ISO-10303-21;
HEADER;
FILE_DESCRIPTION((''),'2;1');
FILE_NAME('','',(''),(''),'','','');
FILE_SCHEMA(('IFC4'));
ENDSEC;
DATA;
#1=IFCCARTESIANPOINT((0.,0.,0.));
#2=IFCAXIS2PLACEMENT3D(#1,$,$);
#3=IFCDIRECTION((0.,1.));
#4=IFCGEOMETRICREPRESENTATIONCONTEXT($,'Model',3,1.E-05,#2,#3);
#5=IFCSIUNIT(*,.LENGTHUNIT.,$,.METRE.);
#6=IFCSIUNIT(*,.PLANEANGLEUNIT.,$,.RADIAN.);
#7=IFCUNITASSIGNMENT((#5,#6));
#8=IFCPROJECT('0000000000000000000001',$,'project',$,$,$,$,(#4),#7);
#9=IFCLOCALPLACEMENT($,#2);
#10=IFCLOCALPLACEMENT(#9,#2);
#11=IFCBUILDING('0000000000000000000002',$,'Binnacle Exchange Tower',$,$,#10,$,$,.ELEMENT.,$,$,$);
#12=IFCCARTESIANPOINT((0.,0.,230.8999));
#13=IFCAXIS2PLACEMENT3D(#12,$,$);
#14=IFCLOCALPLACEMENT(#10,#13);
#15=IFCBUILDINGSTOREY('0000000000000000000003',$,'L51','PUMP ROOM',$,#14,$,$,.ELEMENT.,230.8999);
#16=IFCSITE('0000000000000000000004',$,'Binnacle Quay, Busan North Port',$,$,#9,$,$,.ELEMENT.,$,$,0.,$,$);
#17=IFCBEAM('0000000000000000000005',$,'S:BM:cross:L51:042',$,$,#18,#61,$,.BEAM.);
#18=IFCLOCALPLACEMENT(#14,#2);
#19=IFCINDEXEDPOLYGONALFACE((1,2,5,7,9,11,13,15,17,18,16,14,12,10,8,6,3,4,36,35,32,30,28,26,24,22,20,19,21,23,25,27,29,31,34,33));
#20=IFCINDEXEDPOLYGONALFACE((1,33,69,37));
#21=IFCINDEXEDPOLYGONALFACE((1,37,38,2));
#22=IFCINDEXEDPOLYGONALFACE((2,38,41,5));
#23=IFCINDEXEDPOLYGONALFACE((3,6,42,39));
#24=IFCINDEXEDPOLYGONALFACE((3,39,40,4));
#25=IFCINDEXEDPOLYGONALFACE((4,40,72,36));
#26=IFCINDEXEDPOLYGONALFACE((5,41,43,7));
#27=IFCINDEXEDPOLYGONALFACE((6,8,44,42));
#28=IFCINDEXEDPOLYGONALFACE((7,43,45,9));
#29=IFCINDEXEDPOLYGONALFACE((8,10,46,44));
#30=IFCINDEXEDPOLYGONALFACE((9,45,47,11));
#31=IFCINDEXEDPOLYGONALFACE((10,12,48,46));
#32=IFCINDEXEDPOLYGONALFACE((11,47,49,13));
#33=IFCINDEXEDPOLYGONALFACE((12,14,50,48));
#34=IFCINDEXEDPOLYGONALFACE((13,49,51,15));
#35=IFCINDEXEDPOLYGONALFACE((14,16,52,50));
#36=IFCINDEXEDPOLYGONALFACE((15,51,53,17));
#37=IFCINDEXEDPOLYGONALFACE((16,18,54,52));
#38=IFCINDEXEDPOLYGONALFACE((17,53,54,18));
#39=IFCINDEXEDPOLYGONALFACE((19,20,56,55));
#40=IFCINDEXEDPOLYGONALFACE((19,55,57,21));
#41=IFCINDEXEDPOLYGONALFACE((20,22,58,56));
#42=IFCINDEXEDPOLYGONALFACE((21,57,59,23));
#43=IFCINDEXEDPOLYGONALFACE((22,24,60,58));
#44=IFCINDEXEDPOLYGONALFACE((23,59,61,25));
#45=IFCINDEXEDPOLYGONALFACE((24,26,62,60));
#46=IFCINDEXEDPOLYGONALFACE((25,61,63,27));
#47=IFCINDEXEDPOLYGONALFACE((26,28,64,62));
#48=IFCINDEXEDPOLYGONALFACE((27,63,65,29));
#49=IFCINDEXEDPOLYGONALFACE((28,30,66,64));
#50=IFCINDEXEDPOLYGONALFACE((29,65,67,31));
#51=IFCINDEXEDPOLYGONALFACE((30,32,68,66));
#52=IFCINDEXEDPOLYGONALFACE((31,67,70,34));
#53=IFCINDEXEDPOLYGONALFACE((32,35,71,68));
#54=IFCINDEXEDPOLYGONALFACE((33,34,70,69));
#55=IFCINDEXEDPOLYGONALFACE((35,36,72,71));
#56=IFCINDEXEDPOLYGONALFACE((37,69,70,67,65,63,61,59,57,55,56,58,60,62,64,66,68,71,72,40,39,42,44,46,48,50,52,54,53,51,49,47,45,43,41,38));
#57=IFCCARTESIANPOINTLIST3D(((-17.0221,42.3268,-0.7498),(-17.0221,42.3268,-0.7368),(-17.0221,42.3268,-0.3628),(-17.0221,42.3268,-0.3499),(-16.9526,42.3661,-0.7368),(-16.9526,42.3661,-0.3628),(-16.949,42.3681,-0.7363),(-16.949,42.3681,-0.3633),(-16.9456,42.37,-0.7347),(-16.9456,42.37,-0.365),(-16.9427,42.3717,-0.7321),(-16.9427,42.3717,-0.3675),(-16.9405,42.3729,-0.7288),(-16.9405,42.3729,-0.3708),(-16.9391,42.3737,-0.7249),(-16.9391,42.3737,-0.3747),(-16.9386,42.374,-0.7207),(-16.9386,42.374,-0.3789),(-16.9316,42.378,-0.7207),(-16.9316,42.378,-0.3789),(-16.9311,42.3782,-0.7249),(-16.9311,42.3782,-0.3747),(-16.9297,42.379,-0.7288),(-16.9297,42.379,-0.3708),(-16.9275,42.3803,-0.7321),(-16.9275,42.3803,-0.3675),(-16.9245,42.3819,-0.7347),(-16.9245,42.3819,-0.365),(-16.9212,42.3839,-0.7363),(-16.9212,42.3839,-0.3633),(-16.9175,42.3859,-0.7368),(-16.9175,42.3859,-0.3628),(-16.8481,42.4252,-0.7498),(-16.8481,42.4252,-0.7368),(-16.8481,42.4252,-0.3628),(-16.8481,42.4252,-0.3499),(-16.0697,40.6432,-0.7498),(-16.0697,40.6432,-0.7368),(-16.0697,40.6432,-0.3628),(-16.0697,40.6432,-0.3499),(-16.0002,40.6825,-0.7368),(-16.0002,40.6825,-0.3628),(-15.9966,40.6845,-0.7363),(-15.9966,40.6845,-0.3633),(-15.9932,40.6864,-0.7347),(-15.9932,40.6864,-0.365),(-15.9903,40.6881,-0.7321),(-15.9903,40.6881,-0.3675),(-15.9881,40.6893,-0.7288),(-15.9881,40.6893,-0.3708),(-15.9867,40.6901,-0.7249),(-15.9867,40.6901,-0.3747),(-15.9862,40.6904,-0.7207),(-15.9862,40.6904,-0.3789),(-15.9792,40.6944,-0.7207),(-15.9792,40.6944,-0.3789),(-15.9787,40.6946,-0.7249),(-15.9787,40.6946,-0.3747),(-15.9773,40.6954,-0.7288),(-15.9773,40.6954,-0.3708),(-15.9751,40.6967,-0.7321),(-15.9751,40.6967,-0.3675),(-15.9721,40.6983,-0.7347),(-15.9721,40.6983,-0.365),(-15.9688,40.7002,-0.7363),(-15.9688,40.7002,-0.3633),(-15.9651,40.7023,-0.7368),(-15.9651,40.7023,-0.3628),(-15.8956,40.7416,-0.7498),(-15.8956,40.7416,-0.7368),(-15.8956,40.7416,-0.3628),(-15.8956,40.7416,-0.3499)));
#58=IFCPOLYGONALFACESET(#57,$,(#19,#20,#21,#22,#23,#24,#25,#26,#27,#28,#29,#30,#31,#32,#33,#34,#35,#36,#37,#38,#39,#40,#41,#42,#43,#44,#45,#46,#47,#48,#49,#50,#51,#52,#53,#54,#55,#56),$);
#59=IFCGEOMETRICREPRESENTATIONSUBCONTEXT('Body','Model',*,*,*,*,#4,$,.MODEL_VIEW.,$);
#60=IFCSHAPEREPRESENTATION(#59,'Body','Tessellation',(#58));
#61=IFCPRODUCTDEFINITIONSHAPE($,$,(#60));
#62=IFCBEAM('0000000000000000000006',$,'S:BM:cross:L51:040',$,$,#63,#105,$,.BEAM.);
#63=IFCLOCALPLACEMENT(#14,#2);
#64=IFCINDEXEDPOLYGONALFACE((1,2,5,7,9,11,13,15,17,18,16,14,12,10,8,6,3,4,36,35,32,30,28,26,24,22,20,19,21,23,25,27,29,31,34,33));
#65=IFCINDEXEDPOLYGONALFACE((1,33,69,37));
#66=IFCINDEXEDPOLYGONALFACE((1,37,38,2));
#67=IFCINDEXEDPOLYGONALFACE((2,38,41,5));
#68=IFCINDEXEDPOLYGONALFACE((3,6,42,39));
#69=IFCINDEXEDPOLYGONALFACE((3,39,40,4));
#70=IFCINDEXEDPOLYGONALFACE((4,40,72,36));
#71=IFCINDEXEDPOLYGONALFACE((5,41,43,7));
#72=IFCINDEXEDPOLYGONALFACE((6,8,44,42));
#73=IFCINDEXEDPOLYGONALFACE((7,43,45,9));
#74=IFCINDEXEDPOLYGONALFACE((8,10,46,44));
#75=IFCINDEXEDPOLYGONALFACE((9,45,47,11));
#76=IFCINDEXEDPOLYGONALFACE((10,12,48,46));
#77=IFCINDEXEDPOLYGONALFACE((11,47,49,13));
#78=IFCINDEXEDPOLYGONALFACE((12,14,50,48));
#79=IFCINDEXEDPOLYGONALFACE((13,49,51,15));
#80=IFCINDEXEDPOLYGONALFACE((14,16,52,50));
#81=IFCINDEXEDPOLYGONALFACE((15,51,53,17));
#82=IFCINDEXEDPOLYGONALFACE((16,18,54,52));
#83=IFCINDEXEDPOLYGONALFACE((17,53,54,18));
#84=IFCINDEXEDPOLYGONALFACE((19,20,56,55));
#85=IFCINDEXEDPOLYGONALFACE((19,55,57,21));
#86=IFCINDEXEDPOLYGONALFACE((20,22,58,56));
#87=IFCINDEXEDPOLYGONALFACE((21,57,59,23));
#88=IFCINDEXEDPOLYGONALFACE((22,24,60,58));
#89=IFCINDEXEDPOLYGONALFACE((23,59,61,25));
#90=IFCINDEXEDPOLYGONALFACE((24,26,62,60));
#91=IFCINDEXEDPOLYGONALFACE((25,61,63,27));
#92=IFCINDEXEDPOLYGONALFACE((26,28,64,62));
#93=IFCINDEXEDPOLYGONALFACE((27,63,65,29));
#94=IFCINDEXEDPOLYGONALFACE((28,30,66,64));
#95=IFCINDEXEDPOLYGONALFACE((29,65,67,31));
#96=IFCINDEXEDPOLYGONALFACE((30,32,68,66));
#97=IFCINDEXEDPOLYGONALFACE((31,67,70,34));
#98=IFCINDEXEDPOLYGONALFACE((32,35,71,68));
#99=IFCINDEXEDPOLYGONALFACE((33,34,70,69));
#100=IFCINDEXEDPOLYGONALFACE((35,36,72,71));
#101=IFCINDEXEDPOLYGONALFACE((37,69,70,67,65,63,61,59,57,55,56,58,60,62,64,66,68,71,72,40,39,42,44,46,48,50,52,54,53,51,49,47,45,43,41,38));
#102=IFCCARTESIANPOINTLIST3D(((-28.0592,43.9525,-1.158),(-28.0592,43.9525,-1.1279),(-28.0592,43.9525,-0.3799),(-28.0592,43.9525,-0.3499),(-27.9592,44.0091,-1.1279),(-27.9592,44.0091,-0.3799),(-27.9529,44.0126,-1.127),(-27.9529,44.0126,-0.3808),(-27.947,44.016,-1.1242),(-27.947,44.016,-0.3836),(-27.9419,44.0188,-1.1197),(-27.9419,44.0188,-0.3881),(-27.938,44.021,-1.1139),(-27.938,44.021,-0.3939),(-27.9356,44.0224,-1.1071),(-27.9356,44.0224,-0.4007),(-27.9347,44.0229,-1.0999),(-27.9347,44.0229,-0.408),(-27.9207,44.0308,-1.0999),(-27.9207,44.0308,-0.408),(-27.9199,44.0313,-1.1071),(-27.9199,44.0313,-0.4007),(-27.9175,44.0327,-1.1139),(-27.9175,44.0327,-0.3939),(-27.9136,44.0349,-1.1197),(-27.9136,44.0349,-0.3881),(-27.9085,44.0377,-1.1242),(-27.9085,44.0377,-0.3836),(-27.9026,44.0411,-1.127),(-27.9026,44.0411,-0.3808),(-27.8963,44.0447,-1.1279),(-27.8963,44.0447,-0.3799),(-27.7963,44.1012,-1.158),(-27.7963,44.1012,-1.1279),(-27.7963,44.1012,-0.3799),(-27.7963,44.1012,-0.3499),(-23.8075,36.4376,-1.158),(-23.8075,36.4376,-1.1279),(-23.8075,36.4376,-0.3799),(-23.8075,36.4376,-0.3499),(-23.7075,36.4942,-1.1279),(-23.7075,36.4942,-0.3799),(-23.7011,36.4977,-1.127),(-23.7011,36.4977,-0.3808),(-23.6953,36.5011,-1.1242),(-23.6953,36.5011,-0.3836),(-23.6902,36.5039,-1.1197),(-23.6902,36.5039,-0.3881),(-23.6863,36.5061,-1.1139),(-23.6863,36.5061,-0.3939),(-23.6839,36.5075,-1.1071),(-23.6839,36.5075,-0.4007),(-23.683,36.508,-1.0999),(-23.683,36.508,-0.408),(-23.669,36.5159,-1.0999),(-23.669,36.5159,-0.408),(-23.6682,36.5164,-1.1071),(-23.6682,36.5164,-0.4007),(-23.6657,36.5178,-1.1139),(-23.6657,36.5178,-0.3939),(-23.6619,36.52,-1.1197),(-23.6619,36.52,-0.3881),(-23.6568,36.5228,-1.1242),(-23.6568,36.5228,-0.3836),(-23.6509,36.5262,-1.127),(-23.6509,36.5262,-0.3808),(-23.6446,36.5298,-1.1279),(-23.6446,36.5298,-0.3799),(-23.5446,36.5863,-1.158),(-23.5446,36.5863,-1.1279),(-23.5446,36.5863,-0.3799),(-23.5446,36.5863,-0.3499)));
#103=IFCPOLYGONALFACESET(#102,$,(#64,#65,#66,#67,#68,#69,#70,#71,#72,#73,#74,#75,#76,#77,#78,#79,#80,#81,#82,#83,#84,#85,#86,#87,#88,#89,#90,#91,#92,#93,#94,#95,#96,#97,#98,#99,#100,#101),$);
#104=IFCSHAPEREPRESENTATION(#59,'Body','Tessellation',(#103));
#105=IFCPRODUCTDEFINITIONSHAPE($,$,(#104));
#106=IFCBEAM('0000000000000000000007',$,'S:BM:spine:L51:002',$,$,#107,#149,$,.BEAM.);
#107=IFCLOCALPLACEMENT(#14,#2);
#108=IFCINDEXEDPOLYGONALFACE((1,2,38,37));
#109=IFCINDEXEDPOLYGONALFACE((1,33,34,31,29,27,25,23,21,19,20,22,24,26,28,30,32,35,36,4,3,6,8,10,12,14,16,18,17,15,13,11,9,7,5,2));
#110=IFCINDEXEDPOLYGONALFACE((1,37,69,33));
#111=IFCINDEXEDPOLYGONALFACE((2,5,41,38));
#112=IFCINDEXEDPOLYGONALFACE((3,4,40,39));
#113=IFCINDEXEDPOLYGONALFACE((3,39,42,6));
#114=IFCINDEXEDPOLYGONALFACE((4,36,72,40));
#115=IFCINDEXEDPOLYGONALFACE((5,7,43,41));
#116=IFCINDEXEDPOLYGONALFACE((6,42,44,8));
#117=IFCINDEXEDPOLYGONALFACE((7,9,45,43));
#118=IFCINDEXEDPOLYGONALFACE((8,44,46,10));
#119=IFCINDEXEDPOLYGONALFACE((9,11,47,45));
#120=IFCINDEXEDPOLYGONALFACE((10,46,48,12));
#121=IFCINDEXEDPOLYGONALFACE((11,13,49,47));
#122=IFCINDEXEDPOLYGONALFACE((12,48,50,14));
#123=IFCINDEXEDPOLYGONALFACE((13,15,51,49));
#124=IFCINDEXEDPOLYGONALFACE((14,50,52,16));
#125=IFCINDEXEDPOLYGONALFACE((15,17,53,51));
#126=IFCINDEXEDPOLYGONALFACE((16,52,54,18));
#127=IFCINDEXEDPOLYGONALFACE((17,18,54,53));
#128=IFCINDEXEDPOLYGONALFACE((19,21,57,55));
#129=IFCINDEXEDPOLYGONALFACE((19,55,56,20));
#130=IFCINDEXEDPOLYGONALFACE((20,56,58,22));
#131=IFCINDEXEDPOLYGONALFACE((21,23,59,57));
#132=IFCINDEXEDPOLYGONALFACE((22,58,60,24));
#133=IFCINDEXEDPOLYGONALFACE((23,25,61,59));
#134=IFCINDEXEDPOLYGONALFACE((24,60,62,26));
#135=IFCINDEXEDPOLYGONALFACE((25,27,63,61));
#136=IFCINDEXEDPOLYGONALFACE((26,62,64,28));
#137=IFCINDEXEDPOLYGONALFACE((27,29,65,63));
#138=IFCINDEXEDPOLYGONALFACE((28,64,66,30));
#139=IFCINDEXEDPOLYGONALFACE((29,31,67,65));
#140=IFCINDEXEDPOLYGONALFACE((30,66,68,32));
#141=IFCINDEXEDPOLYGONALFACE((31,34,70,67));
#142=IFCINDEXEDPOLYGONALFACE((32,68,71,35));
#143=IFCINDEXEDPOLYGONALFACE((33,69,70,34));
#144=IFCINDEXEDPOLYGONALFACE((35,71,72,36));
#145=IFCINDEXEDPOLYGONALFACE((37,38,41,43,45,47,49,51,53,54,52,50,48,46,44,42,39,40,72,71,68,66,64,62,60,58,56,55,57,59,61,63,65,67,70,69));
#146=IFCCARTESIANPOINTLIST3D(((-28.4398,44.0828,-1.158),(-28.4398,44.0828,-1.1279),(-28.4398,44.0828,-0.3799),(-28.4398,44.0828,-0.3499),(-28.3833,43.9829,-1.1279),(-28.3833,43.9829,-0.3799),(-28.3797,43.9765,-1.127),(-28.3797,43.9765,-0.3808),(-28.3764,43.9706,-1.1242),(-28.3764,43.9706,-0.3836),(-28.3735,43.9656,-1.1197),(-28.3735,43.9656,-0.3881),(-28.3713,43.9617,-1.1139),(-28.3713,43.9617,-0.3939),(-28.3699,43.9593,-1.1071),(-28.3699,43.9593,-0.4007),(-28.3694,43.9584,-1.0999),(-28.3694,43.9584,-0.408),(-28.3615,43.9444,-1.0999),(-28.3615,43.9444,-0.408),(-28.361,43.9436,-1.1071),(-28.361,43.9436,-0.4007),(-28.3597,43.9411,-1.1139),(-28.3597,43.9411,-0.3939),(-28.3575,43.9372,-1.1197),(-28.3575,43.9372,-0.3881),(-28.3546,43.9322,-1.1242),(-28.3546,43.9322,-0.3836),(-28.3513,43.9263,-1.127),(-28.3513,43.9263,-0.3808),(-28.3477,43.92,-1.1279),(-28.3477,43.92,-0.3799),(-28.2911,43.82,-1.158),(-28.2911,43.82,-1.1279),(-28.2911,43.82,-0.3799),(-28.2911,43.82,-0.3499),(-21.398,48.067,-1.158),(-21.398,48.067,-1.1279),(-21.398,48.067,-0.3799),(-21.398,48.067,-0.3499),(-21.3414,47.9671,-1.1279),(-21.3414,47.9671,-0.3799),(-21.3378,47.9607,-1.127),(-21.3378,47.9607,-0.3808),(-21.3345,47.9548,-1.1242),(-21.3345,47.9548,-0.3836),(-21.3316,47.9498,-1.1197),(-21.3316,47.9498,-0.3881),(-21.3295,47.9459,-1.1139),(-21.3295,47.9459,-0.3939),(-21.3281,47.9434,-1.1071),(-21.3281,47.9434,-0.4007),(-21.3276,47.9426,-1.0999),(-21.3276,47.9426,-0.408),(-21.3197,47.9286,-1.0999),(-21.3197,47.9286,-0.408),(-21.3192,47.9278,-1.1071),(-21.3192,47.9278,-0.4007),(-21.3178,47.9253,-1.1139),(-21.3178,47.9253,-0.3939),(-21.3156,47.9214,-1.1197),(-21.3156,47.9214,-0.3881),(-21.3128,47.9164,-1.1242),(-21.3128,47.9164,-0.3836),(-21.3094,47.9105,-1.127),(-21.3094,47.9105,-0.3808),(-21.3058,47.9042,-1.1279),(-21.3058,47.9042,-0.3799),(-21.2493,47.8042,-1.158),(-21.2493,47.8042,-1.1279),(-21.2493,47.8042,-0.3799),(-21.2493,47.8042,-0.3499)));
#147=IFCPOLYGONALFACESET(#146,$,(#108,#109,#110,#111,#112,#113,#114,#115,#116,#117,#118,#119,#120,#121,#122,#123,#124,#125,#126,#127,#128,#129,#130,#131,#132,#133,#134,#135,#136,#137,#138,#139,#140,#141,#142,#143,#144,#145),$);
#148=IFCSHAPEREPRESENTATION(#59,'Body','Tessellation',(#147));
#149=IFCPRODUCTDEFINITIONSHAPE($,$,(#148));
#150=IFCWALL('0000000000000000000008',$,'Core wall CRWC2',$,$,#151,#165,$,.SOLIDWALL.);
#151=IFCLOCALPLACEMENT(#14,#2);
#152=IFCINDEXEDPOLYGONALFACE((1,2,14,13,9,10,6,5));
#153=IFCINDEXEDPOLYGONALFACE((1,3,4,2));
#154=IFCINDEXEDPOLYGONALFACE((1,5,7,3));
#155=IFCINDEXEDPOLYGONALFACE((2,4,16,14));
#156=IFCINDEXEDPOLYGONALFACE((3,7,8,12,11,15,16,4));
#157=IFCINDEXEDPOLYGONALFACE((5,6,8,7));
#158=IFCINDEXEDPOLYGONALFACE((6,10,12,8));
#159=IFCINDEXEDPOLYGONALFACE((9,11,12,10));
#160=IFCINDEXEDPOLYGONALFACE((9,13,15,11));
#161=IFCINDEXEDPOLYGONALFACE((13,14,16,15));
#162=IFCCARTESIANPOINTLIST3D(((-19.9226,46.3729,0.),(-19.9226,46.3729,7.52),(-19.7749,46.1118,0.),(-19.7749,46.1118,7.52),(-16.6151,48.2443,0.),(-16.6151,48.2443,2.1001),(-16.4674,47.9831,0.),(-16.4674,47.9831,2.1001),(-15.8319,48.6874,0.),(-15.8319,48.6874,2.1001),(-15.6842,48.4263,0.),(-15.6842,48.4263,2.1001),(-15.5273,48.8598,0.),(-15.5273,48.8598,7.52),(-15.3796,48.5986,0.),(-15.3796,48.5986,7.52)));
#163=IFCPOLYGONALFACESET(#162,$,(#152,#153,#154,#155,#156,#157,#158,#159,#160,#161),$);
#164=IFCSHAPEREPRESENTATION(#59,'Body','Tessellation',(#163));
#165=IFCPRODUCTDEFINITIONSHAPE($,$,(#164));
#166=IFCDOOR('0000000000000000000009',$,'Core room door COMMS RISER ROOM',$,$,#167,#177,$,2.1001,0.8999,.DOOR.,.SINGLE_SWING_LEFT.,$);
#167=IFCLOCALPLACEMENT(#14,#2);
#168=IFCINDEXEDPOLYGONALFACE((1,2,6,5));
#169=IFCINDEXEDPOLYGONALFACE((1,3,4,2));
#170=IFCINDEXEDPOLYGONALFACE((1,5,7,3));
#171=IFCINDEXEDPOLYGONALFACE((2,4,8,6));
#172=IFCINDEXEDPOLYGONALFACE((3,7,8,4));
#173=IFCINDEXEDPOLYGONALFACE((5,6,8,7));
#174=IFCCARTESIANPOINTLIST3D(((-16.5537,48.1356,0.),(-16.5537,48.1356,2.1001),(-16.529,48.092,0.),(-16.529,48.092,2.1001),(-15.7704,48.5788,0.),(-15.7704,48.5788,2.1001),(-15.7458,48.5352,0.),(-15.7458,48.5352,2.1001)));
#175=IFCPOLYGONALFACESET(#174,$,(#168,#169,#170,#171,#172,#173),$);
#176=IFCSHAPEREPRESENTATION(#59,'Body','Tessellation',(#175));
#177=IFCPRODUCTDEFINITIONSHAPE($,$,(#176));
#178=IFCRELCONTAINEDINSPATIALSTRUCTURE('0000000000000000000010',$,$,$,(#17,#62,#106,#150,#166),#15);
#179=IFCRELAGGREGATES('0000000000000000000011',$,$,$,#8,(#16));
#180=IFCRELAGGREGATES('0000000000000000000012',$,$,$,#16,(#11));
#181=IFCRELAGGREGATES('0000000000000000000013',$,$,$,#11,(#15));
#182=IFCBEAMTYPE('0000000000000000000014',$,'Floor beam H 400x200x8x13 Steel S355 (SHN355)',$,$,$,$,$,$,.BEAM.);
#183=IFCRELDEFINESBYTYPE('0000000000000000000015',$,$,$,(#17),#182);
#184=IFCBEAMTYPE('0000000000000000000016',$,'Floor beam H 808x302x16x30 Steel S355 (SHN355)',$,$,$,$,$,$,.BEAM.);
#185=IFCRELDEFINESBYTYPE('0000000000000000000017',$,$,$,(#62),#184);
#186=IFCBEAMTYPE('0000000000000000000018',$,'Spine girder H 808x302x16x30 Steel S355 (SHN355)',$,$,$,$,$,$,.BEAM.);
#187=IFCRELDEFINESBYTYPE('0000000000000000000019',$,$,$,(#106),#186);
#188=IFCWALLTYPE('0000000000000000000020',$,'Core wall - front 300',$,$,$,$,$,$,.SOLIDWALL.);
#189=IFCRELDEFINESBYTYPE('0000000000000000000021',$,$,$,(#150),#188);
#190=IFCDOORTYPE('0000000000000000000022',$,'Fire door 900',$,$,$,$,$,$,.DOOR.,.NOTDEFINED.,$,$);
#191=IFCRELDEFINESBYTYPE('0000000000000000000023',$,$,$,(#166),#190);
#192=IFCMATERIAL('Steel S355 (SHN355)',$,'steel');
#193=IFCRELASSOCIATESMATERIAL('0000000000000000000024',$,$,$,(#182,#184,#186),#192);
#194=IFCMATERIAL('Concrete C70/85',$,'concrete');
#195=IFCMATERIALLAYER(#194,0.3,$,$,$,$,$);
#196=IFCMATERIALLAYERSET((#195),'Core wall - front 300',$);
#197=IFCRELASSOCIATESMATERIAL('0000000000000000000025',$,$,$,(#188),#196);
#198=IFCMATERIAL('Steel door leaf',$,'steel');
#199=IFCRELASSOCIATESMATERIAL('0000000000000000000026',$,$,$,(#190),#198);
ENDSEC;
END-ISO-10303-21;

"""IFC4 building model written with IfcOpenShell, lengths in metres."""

from ifc_helpers import new_model, si_unit, direction, frame, frame_2d, origin, origin_2d, place, context, subcontext, project, spatial, rectangle, i_section, extrude, material, layer, layer_set, material_profile, profile_set, type_object, element, fill, save


model = new_model("IFC4")

# Units and contexts
model_context = context("Model", 3, precision=1e-05, world=origin(), true_north=direction((0.0, 1.0)))
body_context = subcontext(model_context, "Body", "Model", "MODEL_VIEW")
ifc_project = project(units=[si_unit("LENGTHUNIT", "METRE"), si_unit("PLANEANGLEUNIT", "RADIAN")], contexts=[model_context])

# Site, building, storey
site_placement = place(None, origin())
site = spatial("IfcSite", under=ifc_project, at=site_placement, Name="Binnacle Quay, Busan North Port", CompositionType="ELEMENT", RefElevation=0.0)
building_placement = place(site_placement, origin())
building = spatial("IfcBuilding", under=site, at=building_placement, Name="Binnacle Exchange Tower", CompositionType="ELEMENT")
storey_placement = place(building_placement, frame((0.0, 0.0, 230.8999)))
storey = spatial("IfcBuildingStorey", under=building, at=storey_placement, Name="L51", Description="PUMP ROOM", CompositionType="ELEMENT", Elevation=230.8999)

# Beams
ifc_material_1 = material(Name="Steel S355 (SHN355)", Category="steel")
ifc_material_profile_1 = material_profile(ifc_material_1, i_section(OverallWidth=0.2, OverallDepth=0.3999, WebThickness=0.0081, FlangeThickness=0.0129, FilletRadius=0.0161, at=origin_2d()), Name="H 400x200x8x13")
ifc_profile_set_1 = profile_set([ifc_material_profile_1], Name="Steel S355 (SHN355)")
beam_type_1 = type_object("IfcBeamType", Name="Floor beam H 400x200x8x13 Steel S355 (SHN355)", PredefinedType="BEAM", material=ifc_profile_set_1)
beam_1_placement = place(storey_placement, frame((-15.9827, 40.6924, -0.5498), z_axis=(-0.492369, 0.870386, 0.0), x_axis=(-0.870386, -0.492369, 0.0)))
element("IfcBeam", 1, at=beam_1_placement, inside=storey, type_object=beam_type_1, Name="S:BM:cross:L51:042", PredefinedType="BEAM", context=body_context, shape_type="SweptSolid", body=[
    extrude(i_section(OverallWidth=0.2, OverallDepth=0.3999, WebThickness=0.0081, FlangeThickness=0.0129, FilletRadius=0.0161, at=origin_2d()), origin(), (0.0, 0.0, 1.0), 1.9343),
])
ifc_material_profile_2 = material_profile(ifc_material_1, i_section(OverallWidth=0.302, OverallDepth=0.8081, WebThickness=0.0161, FlangeThickness=0.03, FilletRadius=0.0281, at=origin_2d()), Name="H 808x302x16x30")
ifc_profile_set_2 = profile_set([ifc_material_profile_2], Name="Steel S355 (SHN355)")
beam_type_2 = type_object("IfcBeamType", Name="Floor beam H 808x302x16x30 Steel S355 (SHN355)", PredefinedType="BEAM", material=ifc_profile_set_2)
beam_2_placement = place(storey_placement, frame((-23.676, 36.512, -0.7539), z_axis=(-0.492422, 0.870356, 0.0), x_axis=(-0.870356, -0.492422, 0.0)))
element("IfcBeam", 2, at=beam_2_placement, inside=storey, type_object=beam_type_2, Name="S:BM:cross:L51:040", PredefinedType="BEAM", context=body_context, shape_type="SweptSolid", body=[
    extrude(i_section(OverallWidth=0.302, OverallDepth=0.8081, WebThickness=0.0161, FlangeThickness=0.03, FilletRadius=0.0281, at=origin_2d()), origin(), (0.0, 0.0, 1.0), 8.6343),
])
ifc_material_profile_3 = material_profile(ifc_material_1, i_section(OverallWidth=0.302, OverallDepth=0.8081, WebThickness=0.0161, FlangeThickness=0.03, FilletRadius=0.0281, at=origin_2d()), Name="H 808x302x16x30")
ifc_profile_set_3 = profile_set([ifc_material_profile_3], Name="Steel S355 (SHN355)")
beam_type_3 = type_object("IfcBeamType", Name="Spine girder H 808x302x16x30 Steel S355 (SHN355)", PredefinedType="BEAM", material=ifc_profile_set_3)
beam_3_placement = place(storey_placement, frame((-28.3655, 43.9514, -0.7539), z_axis=(0.87035, 0.492433, 0.0), x_axis=(-0.492433, 0.87035, 0.0)))
element("IfcBeam", 3, at=beam_3_placement, inside=storey, type_object=beam_type_3, Name="S:BM:spine:L51:002", PredefinedType="BEAM", context=body_context, shape_type="SweptSolid", body=[
    extrude(i_section(OverallWidth=0.302, OverallDepth=0.8081, WebThickness=0.0161, FlangeThickness=0.03, FilletRadius=0.0281, at=origin_2d()), origin(), (0.0, 0.0, 1.0), 8.0908),
])

# Wall, opening, door
ifc_material_2 = material(Name="Concrete C70/85", Category="concrete")
ifc_layer_1 = layer(ifc_material_2, 0.3)
ifc_layer_set_1 = layer_set([ifc_layer_1], Name="Core wall - front 300")
wall_type_1 = type_object("IfcWallType", Name="Core wall - front 300", PredefinedType="SOLIDWALL", material=ifc_layer_set_1)
wall_1_placement = place(storey_placement, frame((-19.8486, 46.2424, 0.0), z_axis=(0.0, 0.0, 1.0), x_axis=(0.870348, 0.492438, 0.0)))
wall_1 = element("IfcWall", 4, at=wall_1_placement, inside=storey, type_object=wall_type_1, Name="Core wall CRWC2", PredefinedType="SOLIDWALL", context=body_context, shape_type="SweptSolid", body=[
    extrude(rectangle(XDim=5.05, YDim=0.3, at=frame_2d((2.5249, 0.0))), origin(), (0.0, 0.0, 1.0), 7.52),
])
opening_1_placement = place(wall_1_placement, frame((3.8, 0.0, 0.0)))
opening_1 = element("IfcOpeningElement", 5, at=opening_1_placement, cuts=wall_1, PredefinedType="OPENING", context=body_context, shape_type="SweptSolid", body=[
    extrude(rectangle(XDim=0.8999, YDim=2.1001, at=frame_2d((0.45, 1.05))), frame((0.0, 0.1599, 0.0), z_axis=(0.0, -1.0, 0.0), x_axis=(1.0, 0.0, 0.0)), (0.0, 0.0, 1.0), 0.3201),
])
ifc_material_3 = material(Name="Steel door leaf", Category="steel")
door_type_1 = type_object("IfcDoorType", Name="Fire door 900", OperationType="NOTDEFINED", PredefinedType="DOOR", material=ifc_material_3)
door_1_placement = place(opening_1_placement, frame((0.8999, 0.0, 0.0), z_axis=(0.0, 0.0, 1.0), x_axis=(-1.0, 0.0, 0.0)))
door_1 = element("IfcDoor", 6, at=door_1_placement, inside=storey, type_object=door_type_1, Name="Core room door COMMS RISER ROOM", OperationType="SINGLE_SWING_LEFT", OverallHeight=2.1001, OverallWidth=0.8999, PredefinedType="DOOR", context=body_context, shape_type="SweptSolid", body=[
    extrude(rectangle(XDim=0.8999, YDim=2.1001, at=frame_2d((0.45, 1.05))), frame((0.0, 0.0249, 0.0), z_axis=(0.0, -1.0, 0.0), x_axis=(1.0, 0.0, 0.0)), (0.0, 0.0, 1.0), 0.05),
])
fill(opening_1, door_1)

save(model, "model.ifc")
